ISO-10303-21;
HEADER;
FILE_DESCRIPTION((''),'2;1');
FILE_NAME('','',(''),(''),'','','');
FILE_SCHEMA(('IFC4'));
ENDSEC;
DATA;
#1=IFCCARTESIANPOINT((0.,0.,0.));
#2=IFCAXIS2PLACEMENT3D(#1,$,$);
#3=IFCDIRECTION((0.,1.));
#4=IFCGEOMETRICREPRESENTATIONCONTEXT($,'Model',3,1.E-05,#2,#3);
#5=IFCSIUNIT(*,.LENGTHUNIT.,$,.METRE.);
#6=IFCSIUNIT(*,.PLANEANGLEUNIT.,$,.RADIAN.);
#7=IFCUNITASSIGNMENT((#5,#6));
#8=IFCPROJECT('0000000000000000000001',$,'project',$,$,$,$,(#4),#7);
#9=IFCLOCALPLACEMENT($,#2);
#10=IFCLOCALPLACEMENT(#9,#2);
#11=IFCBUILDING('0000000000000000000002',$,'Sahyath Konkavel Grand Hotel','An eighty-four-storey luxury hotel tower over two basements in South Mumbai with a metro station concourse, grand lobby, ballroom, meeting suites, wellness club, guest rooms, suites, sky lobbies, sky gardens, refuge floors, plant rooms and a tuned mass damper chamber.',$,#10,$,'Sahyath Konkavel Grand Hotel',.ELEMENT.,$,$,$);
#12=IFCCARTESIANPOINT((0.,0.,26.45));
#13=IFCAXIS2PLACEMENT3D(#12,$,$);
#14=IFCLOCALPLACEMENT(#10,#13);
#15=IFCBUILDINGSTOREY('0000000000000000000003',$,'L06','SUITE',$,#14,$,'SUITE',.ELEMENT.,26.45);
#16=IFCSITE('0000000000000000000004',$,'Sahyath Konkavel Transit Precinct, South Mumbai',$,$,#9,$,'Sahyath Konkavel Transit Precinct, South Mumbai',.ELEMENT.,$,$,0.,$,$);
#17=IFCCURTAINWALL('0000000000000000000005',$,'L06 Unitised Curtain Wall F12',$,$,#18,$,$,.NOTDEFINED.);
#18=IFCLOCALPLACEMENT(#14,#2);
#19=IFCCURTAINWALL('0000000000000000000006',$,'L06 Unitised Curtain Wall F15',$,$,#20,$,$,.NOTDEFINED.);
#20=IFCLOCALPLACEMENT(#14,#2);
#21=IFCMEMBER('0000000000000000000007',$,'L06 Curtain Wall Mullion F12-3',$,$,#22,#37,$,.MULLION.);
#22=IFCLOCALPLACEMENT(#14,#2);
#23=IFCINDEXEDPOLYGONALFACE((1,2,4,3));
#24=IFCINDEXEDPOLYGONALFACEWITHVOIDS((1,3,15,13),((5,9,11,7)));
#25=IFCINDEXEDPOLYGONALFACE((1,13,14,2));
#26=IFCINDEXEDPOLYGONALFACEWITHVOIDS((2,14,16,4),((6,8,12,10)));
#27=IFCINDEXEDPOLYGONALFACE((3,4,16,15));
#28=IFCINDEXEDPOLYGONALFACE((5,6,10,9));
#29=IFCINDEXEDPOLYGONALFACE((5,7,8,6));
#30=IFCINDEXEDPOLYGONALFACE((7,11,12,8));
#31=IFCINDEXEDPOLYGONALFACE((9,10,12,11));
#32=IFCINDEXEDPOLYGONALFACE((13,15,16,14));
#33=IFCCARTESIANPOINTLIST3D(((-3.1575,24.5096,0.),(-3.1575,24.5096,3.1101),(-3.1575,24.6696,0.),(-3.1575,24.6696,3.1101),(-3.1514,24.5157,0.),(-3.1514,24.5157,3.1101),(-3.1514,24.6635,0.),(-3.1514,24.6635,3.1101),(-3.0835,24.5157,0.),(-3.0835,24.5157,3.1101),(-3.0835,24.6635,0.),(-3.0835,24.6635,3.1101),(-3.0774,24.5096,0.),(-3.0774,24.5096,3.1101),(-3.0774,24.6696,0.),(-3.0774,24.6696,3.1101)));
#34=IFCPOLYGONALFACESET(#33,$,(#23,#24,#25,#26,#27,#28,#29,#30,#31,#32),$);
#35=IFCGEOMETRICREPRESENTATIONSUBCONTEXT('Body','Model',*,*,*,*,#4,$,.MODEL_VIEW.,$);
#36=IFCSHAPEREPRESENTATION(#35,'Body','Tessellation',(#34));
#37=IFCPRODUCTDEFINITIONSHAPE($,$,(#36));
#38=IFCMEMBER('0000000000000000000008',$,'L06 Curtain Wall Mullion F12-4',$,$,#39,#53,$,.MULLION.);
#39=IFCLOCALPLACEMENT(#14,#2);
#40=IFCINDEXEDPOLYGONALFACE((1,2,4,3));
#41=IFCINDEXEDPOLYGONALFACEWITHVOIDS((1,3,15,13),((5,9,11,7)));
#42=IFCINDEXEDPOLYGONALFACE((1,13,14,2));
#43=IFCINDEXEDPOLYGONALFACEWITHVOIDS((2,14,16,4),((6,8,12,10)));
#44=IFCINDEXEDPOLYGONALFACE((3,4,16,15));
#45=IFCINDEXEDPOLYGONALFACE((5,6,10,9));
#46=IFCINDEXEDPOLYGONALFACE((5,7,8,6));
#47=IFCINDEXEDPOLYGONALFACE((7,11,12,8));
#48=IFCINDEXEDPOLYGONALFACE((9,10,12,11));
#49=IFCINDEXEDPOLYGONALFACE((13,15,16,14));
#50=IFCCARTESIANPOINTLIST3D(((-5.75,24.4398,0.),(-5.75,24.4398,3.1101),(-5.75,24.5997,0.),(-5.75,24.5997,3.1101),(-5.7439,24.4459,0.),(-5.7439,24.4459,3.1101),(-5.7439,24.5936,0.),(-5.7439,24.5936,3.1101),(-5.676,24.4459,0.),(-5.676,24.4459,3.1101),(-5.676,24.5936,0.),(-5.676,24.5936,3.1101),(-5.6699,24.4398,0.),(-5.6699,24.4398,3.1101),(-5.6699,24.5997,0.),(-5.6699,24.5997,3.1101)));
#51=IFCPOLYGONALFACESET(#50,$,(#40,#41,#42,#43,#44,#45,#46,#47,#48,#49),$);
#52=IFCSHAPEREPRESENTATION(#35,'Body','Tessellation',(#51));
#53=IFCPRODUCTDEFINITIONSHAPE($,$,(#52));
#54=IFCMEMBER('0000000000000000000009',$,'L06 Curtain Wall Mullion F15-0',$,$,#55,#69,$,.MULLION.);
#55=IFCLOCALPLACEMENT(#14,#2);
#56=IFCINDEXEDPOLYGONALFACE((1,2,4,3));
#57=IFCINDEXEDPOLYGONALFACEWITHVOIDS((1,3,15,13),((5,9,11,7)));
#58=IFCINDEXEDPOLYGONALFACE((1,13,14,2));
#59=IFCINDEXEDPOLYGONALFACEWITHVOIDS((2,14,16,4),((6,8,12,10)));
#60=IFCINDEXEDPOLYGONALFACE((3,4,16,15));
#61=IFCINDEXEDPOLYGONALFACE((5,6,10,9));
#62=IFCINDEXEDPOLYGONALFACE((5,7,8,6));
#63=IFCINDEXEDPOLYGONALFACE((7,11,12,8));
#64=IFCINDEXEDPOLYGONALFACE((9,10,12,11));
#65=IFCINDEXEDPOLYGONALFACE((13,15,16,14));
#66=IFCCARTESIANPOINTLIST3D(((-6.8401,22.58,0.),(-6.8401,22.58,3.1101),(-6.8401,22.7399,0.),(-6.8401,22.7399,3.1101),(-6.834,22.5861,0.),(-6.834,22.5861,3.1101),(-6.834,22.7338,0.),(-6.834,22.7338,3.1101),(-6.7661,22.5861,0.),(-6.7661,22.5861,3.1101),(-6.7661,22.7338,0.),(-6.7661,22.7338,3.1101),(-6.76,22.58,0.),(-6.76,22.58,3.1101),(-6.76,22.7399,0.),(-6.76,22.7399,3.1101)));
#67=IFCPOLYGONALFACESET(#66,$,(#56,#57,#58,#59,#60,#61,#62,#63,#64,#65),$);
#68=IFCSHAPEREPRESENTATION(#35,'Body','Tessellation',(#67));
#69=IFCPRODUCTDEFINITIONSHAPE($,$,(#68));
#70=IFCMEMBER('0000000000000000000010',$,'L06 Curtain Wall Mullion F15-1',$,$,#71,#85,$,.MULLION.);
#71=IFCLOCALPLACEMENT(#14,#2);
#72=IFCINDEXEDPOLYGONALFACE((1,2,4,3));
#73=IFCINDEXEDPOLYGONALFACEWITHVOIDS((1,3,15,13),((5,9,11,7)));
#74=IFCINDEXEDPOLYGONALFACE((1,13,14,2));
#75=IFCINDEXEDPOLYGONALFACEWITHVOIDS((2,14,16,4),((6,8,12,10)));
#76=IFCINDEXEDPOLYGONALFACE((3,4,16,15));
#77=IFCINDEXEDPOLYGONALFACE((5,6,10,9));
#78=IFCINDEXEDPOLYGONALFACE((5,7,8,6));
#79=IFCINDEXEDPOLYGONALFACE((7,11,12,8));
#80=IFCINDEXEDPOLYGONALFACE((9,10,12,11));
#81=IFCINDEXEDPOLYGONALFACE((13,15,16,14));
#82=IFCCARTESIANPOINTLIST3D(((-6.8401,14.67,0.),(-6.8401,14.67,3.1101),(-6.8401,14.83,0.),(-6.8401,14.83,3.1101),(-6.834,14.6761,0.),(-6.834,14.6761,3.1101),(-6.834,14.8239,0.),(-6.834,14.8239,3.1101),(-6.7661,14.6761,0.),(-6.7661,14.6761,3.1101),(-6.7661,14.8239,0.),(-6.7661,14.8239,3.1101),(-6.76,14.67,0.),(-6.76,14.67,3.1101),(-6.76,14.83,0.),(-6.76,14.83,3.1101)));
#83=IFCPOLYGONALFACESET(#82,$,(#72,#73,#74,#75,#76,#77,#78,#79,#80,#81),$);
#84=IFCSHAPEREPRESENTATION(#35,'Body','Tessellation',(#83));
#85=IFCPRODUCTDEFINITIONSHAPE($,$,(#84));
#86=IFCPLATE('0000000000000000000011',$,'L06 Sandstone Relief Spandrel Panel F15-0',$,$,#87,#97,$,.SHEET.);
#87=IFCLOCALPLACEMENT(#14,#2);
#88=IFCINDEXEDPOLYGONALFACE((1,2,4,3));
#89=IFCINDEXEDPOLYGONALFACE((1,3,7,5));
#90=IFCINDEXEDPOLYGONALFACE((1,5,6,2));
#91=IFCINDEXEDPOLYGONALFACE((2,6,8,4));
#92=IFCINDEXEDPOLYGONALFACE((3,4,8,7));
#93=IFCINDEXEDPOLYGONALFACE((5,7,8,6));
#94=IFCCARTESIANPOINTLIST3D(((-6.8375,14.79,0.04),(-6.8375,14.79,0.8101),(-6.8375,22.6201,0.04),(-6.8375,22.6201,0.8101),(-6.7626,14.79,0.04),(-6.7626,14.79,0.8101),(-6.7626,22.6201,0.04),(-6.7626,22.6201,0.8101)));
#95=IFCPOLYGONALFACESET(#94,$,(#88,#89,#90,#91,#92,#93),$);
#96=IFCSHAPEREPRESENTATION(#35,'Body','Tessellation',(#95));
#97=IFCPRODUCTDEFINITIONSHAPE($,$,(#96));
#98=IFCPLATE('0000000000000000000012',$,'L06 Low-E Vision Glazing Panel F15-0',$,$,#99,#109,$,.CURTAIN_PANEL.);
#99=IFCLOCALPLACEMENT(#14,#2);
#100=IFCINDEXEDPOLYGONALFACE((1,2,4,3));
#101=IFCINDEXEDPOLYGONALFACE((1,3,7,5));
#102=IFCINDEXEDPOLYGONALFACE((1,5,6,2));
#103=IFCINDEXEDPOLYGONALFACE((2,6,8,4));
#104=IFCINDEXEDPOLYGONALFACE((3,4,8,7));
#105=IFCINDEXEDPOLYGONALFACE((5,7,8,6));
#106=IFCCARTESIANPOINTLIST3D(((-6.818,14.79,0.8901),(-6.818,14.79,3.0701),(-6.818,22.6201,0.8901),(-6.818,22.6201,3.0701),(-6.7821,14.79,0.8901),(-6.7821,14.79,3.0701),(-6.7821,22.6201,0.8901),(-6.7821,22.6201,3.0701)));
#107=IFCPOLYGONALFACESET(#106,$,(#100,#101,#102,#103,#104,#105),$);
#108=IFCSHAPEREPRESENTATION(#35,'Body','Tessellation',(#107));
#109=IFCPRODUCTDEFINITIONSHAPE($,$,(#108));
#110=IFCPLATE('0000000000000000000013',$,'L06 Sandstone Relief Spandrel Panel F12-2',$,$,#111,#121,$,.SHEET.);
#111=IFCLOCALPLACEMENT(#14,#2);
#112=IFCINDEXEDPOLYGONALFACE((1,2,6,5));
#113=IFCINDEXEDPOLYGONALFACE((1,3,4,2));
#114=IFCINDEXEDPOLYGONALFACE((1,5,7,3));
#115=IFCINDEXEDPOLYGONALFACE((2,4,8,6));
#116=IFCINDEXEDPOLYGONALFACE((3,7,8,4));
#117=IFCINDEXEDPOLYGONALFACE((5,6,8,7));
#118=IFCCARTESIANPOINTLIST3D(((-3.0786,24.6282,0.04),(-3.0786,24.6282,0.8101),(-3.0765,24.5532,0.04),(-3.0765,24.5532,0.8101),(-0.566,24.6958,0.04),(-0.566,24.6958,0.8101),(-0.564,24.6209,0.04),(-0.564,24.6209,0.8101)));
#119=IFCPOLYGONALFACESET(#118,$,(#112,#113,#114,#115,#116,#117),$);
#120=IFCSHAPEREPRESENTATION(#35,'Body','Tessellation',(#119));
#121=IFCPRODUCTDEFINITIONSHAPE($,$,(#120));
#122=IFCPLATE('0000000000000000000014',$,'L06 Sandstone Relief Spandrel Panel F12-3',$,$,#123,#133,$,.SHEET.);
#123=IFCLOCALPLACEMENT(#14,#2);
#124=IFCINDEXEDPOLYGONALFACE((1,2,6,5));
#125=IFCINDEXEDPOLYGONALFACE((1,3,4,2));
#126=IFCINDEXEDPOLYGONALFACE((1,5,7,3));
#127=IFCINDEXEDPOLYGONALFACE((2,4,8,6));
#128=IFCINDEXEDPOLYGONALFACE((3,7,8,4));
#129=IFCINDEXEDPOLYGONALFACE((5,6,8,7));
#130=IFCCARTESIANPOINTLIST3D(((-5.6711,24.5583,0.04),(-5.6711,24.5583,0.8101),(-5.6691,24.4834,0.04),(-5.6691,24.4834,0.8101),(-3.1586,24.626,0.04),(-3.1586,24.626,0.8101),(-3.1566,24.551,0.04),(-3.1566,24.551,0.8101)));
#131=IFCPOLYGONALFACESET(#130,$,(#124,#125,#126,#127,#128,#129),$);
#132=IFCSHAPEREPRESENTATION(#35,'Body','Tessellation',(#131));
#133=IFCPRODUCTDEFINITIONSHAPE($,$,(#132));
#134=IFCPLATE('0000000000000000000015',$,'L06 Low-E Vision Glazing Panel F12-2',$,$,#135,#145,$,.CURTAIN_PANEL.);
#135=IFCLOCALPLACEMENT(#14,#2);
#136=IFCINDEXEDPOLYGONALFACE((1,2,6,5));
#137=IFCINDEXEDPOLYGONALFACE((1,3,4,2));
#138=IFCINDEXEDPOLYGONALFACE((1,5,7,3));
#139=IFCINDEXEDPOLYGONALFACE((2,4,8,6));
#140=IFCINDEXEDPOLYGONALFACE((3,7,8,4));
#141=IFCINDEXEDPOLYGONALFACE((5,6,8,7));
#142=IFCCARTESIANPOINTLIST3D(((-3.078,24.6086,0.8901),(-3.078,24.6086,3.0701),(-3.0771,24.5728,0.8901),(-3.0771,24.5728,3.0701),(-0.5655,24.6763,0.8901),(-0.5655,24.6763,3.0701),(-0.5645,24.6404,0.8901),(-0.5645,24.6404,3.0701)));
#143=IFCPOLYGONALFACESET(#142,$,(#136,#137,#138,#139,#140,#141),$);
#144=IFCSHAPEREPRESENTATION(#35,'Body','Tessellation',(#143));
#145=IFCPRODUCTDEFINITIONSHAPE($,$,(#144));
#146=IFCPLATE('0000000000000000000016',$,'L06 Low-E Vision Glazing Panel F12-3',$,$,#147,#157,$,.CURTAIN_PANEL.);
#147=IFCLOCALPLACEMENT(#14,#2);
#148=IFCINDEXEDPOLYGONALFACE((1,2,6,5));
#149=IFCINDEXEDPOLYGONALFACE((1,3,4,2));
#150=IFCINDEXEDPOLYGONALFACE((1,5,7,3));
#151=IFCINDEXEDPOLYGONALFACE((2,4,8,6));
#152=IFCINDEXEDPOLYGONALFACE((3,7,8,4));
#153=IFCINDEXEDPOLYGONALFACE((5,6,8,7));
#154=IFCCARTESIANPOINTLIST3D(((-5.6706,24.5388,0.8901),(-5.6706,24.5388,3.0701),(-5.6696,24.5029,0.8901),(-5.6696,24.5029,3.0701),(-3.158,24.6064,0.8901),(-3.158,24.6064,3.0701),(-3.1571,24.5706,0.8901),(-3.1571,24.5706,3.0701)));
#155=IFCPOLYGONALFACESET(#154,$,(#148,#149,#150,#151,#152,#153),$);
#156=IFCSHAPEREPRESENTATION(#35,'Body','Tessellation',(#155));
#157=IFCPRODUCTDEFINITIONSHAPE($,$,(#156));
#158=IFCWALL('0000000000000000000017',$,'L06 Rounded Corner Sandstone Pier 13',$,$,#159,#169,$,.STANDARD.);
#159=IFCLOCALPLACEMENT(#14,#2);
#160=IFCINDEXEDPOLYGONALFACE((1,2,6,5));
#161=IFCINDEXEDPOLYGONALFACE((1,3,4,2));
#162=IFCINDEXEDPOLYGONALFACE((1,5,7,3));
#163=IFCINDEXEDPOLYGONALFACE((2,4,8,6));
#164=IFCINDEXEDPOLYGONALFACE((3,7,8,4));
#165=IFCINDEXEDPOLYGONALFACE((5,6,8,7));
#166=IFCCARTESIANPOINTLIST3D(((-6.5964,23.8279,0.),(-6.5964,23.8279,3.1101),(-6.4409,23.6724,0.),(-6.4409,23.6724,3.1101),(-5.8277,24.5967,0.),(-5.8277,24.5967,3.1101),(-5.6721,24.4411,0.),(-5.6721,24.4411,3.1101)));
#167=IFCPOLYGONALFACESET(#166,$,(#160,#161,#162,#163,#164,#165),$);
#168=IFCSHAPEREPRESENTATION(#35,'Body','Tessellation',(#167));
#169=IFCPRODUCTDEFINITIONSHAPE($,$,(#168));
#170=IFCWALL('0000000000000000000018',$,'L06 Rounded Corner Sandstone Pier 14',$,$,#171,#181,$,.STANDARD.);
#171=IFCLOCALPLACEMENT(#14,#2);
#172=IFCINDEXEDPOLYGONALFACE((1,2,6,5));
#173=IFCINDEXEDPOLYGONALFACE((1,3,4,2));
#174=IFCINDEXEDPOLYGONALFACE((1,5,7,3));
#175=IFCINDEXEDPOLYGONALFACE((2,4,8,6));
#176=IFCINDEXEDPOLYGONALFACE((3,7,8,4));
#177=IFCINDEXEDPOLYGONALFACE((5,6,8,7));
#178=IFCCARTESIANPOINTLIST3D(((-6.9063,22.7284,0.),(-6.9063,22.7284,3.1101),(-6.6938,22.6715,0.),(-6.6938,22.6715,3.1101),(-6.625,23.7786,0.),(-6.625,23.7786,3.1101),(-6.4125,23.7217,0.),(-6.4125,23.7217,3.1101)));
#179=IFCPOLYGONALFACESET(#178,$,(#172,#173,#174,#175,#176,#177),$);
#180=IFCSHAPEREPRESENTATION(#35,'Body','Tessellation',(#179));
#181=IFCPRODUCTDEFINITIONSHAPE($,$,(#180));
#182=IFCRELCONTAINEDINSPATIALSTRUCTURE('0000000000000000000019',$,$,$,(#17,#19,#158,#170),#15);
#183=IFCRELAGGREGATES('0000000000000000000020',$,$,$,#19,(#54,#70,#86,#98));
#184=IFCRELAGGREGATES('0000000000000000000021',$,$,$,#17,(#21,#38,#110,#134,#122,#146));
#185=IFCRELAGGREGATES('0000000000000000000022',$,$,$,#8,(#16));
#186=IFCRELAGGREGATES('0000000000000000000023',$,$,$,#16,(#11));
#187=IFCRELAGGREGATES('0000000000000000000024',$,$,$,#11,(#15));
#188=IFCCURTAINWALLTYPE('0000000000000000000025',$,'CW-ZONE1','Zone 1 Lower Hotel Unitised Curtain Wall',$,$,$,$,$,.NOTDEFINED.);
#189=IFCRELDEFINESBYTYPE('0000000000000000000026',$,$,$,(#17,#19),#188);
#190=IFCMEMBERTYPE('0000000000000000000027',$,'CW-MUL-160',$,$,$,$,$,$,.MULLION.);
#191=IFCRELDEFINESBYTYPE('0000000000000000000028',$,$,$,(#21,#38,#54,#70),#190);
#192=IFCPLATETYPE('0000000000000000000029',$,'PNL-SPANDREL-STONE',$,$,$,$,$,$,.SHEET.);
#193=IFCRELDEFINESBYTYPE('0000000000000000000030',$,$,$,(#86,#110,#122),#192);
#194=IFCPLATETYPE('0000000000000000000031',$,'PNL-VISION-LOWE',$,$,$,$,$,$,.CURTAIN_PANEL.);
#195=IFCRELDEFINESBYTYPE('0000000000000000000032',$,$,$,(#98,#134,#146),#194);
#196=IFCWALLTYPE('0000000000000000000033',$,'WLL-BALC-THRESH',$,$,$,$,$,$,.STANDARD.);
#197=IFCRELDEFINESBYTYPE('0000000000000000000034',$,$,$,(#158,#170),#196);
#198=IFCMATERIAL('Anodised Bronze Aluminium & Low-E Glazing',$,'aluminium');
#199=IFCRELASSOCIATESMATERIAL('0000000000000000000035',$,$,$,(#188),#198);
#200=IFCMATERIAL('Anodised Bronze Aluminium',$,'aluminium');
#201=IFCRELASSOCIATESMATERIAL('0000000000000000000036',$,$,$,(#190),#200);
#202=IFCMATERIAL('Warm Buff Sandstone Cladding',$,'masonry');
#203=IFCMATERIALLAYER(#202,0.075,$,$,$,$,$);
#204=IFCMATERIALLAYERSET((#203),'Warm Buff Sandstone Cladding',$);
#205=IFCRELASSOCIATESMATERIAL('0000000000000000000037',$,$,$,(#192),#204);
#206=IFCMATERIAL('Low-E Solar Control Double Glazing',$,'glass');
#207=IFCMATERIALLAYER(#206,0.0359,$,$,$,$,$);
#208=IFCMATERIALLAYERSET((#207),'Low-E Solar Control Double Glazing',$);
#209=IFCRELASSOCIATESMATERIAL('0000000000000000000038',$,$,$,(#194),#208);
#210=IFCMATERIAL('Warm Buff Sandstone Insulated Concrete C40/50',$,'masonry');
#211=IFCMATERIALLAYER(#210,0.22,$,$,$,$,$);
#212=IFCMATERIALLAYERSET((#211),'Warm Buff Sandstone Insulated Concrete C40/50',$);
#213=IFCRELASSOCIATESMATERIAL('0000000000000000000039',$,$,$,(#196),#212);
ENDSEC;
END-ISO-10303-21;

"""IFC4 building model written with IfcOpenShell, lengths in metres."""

from ifc_helpers import new_model, si_unit, direction, frame, frame_2d, origin, origin_2d, place, context, subcontext, project, spatial, rectangle, hollow_rectangle, extrude, source, transform, mapped, material, layer, layer_set, material_profile, profile_set, type_object, element, aggregate, save


model = new_model("IFC4")

# Units and contexts
model_context = context("Model", 3, precision=1e-05, world=origin(), true_north=direction((0.0, 1.0)))
body_context = subcontext(model_context, "Body", "Model", "MODEL_VIEW")
ifc_project = project(units=[si_unit("LENGTHUNIT", "METRE"), si_unit("PLANEANGLEUNIT", "RADIAN")], contexts=[model_context])

# Site, building, storey
site_placement = place(None, origin())
site = spatial("IfcSite", under=ifc_project, at=site_placement, Name="Sahyath Konkavel Transit Precinct, South Mumbai", LongName="Sahyath Konkavel Transit Precinct, South Mumbai", CompositionType="ELEMENT", RefElevation=0.0)
building_placement = place(site_placement, origin())
building = spatial("IfcBuilding", under=site, at=building_placement, Name="Sahyath Konkavel Grand Hotel", Description="An eighty-four-storey luxury hotel tower over two basements in South Mumbai with a metro station concourse, grand lobby, ballroom, meeting suites, wellness club, guest rooms, suites, sky lobbies, sky gardens, refuge floors, plant rooms and a tuned mass damper chamber.", LongName="Sahyath Konkavel Grand Hotel", CompositionType="ELEMENT")
storey_placement = place(building_placement, frame((0.0, 0.0, 26.45)))
storey = spatial("IfcBuildingStorey", under=building, at=storey_placement, Name="L06", Description="SUITE", LongName="SUITE", CompositionType="ELEMENT", Elevation=26.45)

# Curtain wall
ifc_material_1 = material(Name="Anodised Bronze Aluminium & Low-E Glazing", Category="aluminium")
curtain_wall_type = type_object("IfcCurtainWallType", Name="CW-ZONE1", Description="Zone 1 Lower Hotel Unitised Curtain Wall", PredefinedType="NOTDEFINED", material=ifc_material_1)
curtain_wall_1_placement = place(storey_placement, origin())
curtain_wall_1 = element("IfcCurtainWall", 1, at=curtain_wall_1_placement, inside=storey, type_object=curtain_wall_type, Name="L06 Unitised Curtain Wall F12", PredefinedType="NOTDEFINED")

# Curtain wall
curtain_wall_2_placement = place(storey_placement, origin())
curtain_wall_2 = element("IfcCurtainWall", 2, at=curtain_wall_2_placement, inside=storey, type_object=curtain_wall_type, Name="L06 Unitised Curtain Wall F15", PredefinedType="NOTDEFINED")
ifc_material_2 = material(Name="Anodised Bronze Aluminium", Category="aluminium")

# Members
ifc_material_profile_1 = material_profile(ifc_material_2, hollow_rectangle(XDim=0.0801, YDim=0.1599, WallThickness=0.0061, at=origin_2d()), Name="RHS 160x80x6")
ifc_profile_set_1 = profile_set([ifc_material_profile_1], Name="Anodised Bronze Aluminium")
member_type_1 = type_object("IfcMemberType", Name="CW-MUL-160", PredefinedType="MULLION", material=ifc_profile_set_1)
shared_shape_1 = source(origin(), body_context, "Body", "SweptSolid", [
    extrude(hollow_rectangle(XDim=0.0801, YDim=0.1599, WallThickness=0.0061, at=origin_2d()), origin(), (0.0, 0.0, 1.0), 3.1101),
])
member_1_placement = place(storey_placement, frame((-3.1174, 24.5896, 0.0), z_axis=(0.0, 0.0, 1.0), x_axis=(1.0, 0.0, 0.0)))
member_1 = element("IfcMember", 3, at=member_1_placement, type_object=member_type_1, Name="L06 Curtain Wall Mullion F12-3", PredefinedType="MULLION", context=body_context, shape_type="MappedRepresentation", body=[
    mapped(shared_shape_1, transform((0.0, 0.0, 0.0), scale=1.0)),
])
member_2_placement = place(storey_placement, frame((-5.71, 24.5198, 0.0), z_axis=(0.0, 0.0, 1.0), x_axis=(1.0, 0.0, 0.0)))
member_2 = element("IfcMember", 4, at=member_2_placement, type_object=member_type_1, Name="L06 Curtain Wall Mullion F12-4", PredefinedType="MULLION", context=body_context, shape_type="MappedRepresentation", body=[
    mapped(shared_shape_1, transform((0.0, 0.0, 0.0), scale=1.0)),
])
member_3_placement = place(storey_placement, frame((-6.8, 22.6599, 0.0), z_axis=(0.0, 0.0, 1.0), x_axis=(1.0, 0.0, 0.0)))
member_3 = element("IfcMember", 5, at=member_3_placement, type_object=member_type_1, Name="L06 Curtain Wall Mullion F15-0", PredefinedType="MULLION", context=body_context, shape_type="MappedRepresentation", body=[
    mapped(shared_shape_1, transform((0.0, 0.0, 0.0), scale=1.0)),
])
member_4_placement = place(storey_placement, frame((-6.8, 14.75, 0.0), z_axis=(0.0, 0.0, 1.0), x_axis=(1.0, 0.0, 0.0)))
member_4 = element("IfcMember", 6, at=member_4_placement, type_object=member_type_1, Name="L06 Curtain Wall Mullion F15-1", PredefinedType="MULLION", context=body_context, shape_type="MappedRepresentation", body=[
    mapped(shared_shape_1, transform((0.0, 0.0, 0.0), scale=1.0)),
])

# Plates
ifc_material_3 = material(Name="Warm Buff Sandstone Cladding", Category="masonry")
ifc_layer_1 = layer(ifc_material_3, 0.075)
ifc_layer_set_1 = layer_set([ifc_layer_1], Name="Warm Buff Sandstone Cladding")
plate_type_1 = type_object("IfcPlateType", Name="PNL-SPANDREL-STONE", PredefinedType="SHEET", material=ifc_layer_set_1)
shared_shape_2 = source(origin(), body_context, "Body", "SweptSolid", [
    extrude(rectangle(XDim=7.8301, YDim=0.075, at=origin_2d()), origin(), (0.0, 0.0, 1.0), 0.77),
])
plate_1_placement = place(storey_placement, frame((-6.8, 18.7051, 0.04), z_axis=(0.0, 0.0, 1.0), x_axis=(0.0, -1.0, 0.0)))
plate_1 = element("IfcPlate", 7, at=plate_1_placement, type_object=plate_type_1, Name="L06 Sandstone Relief Spandrel Panel F15-0", PredefinedType="SHEET", context=body_context, shape_type="MappedRepresentation", body=[
    mapped(shared_shape_2, transform((0.0, 0.0, 0.0), scale=1.0)),
])
ifc_material_4 = material(Name="Low-E Solar Control Double Glazing", Category="glass")
ifc_layer_2 = layer(ifc_material_4, 0.0359)
ifc_layer_set_2 = layer_set([ifc_layer_2], Name="Low-E Solar Control Double Glazing")
plate_type_2 = type_object("IfcPlateType", Name="PNL-VISION-LOWE", PredefinedType="CURTAIN_PANEL", material=ifc_layer_set_2)
shared_shape_3 = source(origin(), body_context, "Body", "SweptSolid", [
    extrude(rectangle(XDim=7.8301, YDim=0.0359, at=origin_2d()), origin(), (0.0, 0.0, 1.0), 2.1799),
])
plate_2_placement = place(storey_placement, frame((-6.8, 18.7051, 0.8901), z_axis=(0.0, 0.0, 1.0), x_axis=(0.0, -1.0, 0.0)))
plate_2 = element("IfcPlate", 8, at=plate_2_placement, type_object=plate_type_2, Name="L06 Low-E Vision Glazing Panel F15-0", PredefinedType="CURTAIN_PANEL", context=body_context, shape_type="MappedRepresentation", body=[
    mapped(shared_shape_3, transform((0.0, 0.0, 0.0), scale=1.0)),
])
aggregate(curtain_wall_2, [member_3, member_4, plate_1, plate_2])
shared_shape_4 = source(origin(), body_context, "Body", "SweptSolid", [
    extrude(rectangle(XDim=2.5134, YDim=0.075, at=origin_2d()), origin(), (0.0, 0.0, 1.0), 0.77),
])
plate_3_placement = place(storey_placement, frame((-1.8213, 24.6245, 0.04), z_axis=(0.0, 0.0, 1.0), x_axis=(-0.999638, -0.02691, 0.0)))
plate_3 = element("IfcPlate", 9, at=plate_3_placement, type_object=plate_type_1, Name="L06 Sandstone Relief Spandrel Panel F12-2", PredefinedType="SHEET", context=body_context, shape_type="MappedRepresentation", body=[
    mapped(shared_shape_4, transform((0.0, 0.0, 0.0), scale=1.0)),
])
plate_4_placement = place(storey_placement, frame((-4.4138, 24.5547, 0.04), z_axis=(0.0, 0.0, 1.0), x_axis=(-0.999638, -0.02691, 0.0)))
plate_4 = element("IfcPlate", 10, at=plate_4_placement, type_object=plate_type_1, Name="L06 Sandstone Relief Spandrel Panel F12-3", PredefinedType="SHEET", context=body_context, shape_type="MappedRepresentation", body=[
    mapped(shared_shape_4, transform((0.0, 0.0, 0.0), scale=1.0)),
])
shared_shape_5 = source(origin(), body_context, "Body", "SweptSolid", [
    extrude(rectangle(XDim=2.5134, YDim=0.0359, at=origin_2d()), origin(), (0.0, 0.0, 1.0), 2.1799),
])
plate_5_placement = place(storey_placement, frame((-1.8213, 24.6245, 0.8901), z_axis=(0.0, 0.0, 1.0), x_axis=(-0.999638, -0.02691, 0.0)))
plate_5 = element("IfcPlate", 11, at=plate_5_placement, type_object=plate_type_2, Name="L06 Low-E Vision Glazing Panel F12-2", PredefinedType="CURTAIN_PANEL", context=body_context, shape_type="MappedRepresentation", body=[
    mapped(shared_shape_5, transform((0.0, 0.0, 0.0), scale=1.0)),
])
plate_6_placement = place(storey_placement, frame((-4.4138, 24.5547, 0.8901), z_axis=(0.0, 0.0, 1.0), x_axis=(-0.999638, -0.02691, 0.0)))
plate_6 = element("IfcPlate", 12, at=plate_6_placement, type_object=plate_type_2, Name="L06 Low-E Vision Glazing Panel F12-3", PredefinedType="CURTAIN_PANEL", context=body_context, shape_type="MappedRepresentation", body=[
    mapped(shared_shape_5, transform((0.0, 0.0, 0.0), scale=1.0)),
])
aggregate(curtain_wall_1, [member_1, member_2, plate_3, plate_5, plate_4, plate_6])

# Walls
ifc_material_5 = material(Name="Warm Buff Sandstone Insulated Concrete C40/50", Category="masonry")
ifc_layer_3 = layer(ifc_material_5, 0.22)
ifc_layer_set_3 = layer_set([ifc_layer_3], Name="Warm Buff Sandstone Insulated Concrete C40/50")
wall_type_1 = type_object("IfcWallType", Name="WLL-BALC-THRESH", PredefinedType="STANDARD", material=ifc_layer_set_3)
for number, where, z_axis, x_axis, name in (
    (13, (-5.75, 24.5188, 0.0), (0.0, 0.0, 1.0), (-0.707107, -0.707107, 0.0), "L06 Rounded Corner Sandstone Pier 13"),
    (14, (-6.5188, 23.75, 0.0), (0.0, 0.0, 1.0), (-0.258725, -0.965951, 0.0), "L06 Rounded Corner Sandstone Pier 14"),
):
    element("IfcWall", number, at=place(storey_placement, frame(where, z_axis=z_axis, x_axis=x_axis)), inside=storey, type_object=wall_type_1, Name=name, PredefinedType="STANDARD", context=body_context, shape_type="SweptSolid", body=[
        extrude(rectangle(XDim=1.0872, YDim=0.22, at=frame_2d((0.5435, 0.0))), origin(), (0.0, 0.0, 1.0), 3.1101),
    ])

save(model, "model.ifc")
